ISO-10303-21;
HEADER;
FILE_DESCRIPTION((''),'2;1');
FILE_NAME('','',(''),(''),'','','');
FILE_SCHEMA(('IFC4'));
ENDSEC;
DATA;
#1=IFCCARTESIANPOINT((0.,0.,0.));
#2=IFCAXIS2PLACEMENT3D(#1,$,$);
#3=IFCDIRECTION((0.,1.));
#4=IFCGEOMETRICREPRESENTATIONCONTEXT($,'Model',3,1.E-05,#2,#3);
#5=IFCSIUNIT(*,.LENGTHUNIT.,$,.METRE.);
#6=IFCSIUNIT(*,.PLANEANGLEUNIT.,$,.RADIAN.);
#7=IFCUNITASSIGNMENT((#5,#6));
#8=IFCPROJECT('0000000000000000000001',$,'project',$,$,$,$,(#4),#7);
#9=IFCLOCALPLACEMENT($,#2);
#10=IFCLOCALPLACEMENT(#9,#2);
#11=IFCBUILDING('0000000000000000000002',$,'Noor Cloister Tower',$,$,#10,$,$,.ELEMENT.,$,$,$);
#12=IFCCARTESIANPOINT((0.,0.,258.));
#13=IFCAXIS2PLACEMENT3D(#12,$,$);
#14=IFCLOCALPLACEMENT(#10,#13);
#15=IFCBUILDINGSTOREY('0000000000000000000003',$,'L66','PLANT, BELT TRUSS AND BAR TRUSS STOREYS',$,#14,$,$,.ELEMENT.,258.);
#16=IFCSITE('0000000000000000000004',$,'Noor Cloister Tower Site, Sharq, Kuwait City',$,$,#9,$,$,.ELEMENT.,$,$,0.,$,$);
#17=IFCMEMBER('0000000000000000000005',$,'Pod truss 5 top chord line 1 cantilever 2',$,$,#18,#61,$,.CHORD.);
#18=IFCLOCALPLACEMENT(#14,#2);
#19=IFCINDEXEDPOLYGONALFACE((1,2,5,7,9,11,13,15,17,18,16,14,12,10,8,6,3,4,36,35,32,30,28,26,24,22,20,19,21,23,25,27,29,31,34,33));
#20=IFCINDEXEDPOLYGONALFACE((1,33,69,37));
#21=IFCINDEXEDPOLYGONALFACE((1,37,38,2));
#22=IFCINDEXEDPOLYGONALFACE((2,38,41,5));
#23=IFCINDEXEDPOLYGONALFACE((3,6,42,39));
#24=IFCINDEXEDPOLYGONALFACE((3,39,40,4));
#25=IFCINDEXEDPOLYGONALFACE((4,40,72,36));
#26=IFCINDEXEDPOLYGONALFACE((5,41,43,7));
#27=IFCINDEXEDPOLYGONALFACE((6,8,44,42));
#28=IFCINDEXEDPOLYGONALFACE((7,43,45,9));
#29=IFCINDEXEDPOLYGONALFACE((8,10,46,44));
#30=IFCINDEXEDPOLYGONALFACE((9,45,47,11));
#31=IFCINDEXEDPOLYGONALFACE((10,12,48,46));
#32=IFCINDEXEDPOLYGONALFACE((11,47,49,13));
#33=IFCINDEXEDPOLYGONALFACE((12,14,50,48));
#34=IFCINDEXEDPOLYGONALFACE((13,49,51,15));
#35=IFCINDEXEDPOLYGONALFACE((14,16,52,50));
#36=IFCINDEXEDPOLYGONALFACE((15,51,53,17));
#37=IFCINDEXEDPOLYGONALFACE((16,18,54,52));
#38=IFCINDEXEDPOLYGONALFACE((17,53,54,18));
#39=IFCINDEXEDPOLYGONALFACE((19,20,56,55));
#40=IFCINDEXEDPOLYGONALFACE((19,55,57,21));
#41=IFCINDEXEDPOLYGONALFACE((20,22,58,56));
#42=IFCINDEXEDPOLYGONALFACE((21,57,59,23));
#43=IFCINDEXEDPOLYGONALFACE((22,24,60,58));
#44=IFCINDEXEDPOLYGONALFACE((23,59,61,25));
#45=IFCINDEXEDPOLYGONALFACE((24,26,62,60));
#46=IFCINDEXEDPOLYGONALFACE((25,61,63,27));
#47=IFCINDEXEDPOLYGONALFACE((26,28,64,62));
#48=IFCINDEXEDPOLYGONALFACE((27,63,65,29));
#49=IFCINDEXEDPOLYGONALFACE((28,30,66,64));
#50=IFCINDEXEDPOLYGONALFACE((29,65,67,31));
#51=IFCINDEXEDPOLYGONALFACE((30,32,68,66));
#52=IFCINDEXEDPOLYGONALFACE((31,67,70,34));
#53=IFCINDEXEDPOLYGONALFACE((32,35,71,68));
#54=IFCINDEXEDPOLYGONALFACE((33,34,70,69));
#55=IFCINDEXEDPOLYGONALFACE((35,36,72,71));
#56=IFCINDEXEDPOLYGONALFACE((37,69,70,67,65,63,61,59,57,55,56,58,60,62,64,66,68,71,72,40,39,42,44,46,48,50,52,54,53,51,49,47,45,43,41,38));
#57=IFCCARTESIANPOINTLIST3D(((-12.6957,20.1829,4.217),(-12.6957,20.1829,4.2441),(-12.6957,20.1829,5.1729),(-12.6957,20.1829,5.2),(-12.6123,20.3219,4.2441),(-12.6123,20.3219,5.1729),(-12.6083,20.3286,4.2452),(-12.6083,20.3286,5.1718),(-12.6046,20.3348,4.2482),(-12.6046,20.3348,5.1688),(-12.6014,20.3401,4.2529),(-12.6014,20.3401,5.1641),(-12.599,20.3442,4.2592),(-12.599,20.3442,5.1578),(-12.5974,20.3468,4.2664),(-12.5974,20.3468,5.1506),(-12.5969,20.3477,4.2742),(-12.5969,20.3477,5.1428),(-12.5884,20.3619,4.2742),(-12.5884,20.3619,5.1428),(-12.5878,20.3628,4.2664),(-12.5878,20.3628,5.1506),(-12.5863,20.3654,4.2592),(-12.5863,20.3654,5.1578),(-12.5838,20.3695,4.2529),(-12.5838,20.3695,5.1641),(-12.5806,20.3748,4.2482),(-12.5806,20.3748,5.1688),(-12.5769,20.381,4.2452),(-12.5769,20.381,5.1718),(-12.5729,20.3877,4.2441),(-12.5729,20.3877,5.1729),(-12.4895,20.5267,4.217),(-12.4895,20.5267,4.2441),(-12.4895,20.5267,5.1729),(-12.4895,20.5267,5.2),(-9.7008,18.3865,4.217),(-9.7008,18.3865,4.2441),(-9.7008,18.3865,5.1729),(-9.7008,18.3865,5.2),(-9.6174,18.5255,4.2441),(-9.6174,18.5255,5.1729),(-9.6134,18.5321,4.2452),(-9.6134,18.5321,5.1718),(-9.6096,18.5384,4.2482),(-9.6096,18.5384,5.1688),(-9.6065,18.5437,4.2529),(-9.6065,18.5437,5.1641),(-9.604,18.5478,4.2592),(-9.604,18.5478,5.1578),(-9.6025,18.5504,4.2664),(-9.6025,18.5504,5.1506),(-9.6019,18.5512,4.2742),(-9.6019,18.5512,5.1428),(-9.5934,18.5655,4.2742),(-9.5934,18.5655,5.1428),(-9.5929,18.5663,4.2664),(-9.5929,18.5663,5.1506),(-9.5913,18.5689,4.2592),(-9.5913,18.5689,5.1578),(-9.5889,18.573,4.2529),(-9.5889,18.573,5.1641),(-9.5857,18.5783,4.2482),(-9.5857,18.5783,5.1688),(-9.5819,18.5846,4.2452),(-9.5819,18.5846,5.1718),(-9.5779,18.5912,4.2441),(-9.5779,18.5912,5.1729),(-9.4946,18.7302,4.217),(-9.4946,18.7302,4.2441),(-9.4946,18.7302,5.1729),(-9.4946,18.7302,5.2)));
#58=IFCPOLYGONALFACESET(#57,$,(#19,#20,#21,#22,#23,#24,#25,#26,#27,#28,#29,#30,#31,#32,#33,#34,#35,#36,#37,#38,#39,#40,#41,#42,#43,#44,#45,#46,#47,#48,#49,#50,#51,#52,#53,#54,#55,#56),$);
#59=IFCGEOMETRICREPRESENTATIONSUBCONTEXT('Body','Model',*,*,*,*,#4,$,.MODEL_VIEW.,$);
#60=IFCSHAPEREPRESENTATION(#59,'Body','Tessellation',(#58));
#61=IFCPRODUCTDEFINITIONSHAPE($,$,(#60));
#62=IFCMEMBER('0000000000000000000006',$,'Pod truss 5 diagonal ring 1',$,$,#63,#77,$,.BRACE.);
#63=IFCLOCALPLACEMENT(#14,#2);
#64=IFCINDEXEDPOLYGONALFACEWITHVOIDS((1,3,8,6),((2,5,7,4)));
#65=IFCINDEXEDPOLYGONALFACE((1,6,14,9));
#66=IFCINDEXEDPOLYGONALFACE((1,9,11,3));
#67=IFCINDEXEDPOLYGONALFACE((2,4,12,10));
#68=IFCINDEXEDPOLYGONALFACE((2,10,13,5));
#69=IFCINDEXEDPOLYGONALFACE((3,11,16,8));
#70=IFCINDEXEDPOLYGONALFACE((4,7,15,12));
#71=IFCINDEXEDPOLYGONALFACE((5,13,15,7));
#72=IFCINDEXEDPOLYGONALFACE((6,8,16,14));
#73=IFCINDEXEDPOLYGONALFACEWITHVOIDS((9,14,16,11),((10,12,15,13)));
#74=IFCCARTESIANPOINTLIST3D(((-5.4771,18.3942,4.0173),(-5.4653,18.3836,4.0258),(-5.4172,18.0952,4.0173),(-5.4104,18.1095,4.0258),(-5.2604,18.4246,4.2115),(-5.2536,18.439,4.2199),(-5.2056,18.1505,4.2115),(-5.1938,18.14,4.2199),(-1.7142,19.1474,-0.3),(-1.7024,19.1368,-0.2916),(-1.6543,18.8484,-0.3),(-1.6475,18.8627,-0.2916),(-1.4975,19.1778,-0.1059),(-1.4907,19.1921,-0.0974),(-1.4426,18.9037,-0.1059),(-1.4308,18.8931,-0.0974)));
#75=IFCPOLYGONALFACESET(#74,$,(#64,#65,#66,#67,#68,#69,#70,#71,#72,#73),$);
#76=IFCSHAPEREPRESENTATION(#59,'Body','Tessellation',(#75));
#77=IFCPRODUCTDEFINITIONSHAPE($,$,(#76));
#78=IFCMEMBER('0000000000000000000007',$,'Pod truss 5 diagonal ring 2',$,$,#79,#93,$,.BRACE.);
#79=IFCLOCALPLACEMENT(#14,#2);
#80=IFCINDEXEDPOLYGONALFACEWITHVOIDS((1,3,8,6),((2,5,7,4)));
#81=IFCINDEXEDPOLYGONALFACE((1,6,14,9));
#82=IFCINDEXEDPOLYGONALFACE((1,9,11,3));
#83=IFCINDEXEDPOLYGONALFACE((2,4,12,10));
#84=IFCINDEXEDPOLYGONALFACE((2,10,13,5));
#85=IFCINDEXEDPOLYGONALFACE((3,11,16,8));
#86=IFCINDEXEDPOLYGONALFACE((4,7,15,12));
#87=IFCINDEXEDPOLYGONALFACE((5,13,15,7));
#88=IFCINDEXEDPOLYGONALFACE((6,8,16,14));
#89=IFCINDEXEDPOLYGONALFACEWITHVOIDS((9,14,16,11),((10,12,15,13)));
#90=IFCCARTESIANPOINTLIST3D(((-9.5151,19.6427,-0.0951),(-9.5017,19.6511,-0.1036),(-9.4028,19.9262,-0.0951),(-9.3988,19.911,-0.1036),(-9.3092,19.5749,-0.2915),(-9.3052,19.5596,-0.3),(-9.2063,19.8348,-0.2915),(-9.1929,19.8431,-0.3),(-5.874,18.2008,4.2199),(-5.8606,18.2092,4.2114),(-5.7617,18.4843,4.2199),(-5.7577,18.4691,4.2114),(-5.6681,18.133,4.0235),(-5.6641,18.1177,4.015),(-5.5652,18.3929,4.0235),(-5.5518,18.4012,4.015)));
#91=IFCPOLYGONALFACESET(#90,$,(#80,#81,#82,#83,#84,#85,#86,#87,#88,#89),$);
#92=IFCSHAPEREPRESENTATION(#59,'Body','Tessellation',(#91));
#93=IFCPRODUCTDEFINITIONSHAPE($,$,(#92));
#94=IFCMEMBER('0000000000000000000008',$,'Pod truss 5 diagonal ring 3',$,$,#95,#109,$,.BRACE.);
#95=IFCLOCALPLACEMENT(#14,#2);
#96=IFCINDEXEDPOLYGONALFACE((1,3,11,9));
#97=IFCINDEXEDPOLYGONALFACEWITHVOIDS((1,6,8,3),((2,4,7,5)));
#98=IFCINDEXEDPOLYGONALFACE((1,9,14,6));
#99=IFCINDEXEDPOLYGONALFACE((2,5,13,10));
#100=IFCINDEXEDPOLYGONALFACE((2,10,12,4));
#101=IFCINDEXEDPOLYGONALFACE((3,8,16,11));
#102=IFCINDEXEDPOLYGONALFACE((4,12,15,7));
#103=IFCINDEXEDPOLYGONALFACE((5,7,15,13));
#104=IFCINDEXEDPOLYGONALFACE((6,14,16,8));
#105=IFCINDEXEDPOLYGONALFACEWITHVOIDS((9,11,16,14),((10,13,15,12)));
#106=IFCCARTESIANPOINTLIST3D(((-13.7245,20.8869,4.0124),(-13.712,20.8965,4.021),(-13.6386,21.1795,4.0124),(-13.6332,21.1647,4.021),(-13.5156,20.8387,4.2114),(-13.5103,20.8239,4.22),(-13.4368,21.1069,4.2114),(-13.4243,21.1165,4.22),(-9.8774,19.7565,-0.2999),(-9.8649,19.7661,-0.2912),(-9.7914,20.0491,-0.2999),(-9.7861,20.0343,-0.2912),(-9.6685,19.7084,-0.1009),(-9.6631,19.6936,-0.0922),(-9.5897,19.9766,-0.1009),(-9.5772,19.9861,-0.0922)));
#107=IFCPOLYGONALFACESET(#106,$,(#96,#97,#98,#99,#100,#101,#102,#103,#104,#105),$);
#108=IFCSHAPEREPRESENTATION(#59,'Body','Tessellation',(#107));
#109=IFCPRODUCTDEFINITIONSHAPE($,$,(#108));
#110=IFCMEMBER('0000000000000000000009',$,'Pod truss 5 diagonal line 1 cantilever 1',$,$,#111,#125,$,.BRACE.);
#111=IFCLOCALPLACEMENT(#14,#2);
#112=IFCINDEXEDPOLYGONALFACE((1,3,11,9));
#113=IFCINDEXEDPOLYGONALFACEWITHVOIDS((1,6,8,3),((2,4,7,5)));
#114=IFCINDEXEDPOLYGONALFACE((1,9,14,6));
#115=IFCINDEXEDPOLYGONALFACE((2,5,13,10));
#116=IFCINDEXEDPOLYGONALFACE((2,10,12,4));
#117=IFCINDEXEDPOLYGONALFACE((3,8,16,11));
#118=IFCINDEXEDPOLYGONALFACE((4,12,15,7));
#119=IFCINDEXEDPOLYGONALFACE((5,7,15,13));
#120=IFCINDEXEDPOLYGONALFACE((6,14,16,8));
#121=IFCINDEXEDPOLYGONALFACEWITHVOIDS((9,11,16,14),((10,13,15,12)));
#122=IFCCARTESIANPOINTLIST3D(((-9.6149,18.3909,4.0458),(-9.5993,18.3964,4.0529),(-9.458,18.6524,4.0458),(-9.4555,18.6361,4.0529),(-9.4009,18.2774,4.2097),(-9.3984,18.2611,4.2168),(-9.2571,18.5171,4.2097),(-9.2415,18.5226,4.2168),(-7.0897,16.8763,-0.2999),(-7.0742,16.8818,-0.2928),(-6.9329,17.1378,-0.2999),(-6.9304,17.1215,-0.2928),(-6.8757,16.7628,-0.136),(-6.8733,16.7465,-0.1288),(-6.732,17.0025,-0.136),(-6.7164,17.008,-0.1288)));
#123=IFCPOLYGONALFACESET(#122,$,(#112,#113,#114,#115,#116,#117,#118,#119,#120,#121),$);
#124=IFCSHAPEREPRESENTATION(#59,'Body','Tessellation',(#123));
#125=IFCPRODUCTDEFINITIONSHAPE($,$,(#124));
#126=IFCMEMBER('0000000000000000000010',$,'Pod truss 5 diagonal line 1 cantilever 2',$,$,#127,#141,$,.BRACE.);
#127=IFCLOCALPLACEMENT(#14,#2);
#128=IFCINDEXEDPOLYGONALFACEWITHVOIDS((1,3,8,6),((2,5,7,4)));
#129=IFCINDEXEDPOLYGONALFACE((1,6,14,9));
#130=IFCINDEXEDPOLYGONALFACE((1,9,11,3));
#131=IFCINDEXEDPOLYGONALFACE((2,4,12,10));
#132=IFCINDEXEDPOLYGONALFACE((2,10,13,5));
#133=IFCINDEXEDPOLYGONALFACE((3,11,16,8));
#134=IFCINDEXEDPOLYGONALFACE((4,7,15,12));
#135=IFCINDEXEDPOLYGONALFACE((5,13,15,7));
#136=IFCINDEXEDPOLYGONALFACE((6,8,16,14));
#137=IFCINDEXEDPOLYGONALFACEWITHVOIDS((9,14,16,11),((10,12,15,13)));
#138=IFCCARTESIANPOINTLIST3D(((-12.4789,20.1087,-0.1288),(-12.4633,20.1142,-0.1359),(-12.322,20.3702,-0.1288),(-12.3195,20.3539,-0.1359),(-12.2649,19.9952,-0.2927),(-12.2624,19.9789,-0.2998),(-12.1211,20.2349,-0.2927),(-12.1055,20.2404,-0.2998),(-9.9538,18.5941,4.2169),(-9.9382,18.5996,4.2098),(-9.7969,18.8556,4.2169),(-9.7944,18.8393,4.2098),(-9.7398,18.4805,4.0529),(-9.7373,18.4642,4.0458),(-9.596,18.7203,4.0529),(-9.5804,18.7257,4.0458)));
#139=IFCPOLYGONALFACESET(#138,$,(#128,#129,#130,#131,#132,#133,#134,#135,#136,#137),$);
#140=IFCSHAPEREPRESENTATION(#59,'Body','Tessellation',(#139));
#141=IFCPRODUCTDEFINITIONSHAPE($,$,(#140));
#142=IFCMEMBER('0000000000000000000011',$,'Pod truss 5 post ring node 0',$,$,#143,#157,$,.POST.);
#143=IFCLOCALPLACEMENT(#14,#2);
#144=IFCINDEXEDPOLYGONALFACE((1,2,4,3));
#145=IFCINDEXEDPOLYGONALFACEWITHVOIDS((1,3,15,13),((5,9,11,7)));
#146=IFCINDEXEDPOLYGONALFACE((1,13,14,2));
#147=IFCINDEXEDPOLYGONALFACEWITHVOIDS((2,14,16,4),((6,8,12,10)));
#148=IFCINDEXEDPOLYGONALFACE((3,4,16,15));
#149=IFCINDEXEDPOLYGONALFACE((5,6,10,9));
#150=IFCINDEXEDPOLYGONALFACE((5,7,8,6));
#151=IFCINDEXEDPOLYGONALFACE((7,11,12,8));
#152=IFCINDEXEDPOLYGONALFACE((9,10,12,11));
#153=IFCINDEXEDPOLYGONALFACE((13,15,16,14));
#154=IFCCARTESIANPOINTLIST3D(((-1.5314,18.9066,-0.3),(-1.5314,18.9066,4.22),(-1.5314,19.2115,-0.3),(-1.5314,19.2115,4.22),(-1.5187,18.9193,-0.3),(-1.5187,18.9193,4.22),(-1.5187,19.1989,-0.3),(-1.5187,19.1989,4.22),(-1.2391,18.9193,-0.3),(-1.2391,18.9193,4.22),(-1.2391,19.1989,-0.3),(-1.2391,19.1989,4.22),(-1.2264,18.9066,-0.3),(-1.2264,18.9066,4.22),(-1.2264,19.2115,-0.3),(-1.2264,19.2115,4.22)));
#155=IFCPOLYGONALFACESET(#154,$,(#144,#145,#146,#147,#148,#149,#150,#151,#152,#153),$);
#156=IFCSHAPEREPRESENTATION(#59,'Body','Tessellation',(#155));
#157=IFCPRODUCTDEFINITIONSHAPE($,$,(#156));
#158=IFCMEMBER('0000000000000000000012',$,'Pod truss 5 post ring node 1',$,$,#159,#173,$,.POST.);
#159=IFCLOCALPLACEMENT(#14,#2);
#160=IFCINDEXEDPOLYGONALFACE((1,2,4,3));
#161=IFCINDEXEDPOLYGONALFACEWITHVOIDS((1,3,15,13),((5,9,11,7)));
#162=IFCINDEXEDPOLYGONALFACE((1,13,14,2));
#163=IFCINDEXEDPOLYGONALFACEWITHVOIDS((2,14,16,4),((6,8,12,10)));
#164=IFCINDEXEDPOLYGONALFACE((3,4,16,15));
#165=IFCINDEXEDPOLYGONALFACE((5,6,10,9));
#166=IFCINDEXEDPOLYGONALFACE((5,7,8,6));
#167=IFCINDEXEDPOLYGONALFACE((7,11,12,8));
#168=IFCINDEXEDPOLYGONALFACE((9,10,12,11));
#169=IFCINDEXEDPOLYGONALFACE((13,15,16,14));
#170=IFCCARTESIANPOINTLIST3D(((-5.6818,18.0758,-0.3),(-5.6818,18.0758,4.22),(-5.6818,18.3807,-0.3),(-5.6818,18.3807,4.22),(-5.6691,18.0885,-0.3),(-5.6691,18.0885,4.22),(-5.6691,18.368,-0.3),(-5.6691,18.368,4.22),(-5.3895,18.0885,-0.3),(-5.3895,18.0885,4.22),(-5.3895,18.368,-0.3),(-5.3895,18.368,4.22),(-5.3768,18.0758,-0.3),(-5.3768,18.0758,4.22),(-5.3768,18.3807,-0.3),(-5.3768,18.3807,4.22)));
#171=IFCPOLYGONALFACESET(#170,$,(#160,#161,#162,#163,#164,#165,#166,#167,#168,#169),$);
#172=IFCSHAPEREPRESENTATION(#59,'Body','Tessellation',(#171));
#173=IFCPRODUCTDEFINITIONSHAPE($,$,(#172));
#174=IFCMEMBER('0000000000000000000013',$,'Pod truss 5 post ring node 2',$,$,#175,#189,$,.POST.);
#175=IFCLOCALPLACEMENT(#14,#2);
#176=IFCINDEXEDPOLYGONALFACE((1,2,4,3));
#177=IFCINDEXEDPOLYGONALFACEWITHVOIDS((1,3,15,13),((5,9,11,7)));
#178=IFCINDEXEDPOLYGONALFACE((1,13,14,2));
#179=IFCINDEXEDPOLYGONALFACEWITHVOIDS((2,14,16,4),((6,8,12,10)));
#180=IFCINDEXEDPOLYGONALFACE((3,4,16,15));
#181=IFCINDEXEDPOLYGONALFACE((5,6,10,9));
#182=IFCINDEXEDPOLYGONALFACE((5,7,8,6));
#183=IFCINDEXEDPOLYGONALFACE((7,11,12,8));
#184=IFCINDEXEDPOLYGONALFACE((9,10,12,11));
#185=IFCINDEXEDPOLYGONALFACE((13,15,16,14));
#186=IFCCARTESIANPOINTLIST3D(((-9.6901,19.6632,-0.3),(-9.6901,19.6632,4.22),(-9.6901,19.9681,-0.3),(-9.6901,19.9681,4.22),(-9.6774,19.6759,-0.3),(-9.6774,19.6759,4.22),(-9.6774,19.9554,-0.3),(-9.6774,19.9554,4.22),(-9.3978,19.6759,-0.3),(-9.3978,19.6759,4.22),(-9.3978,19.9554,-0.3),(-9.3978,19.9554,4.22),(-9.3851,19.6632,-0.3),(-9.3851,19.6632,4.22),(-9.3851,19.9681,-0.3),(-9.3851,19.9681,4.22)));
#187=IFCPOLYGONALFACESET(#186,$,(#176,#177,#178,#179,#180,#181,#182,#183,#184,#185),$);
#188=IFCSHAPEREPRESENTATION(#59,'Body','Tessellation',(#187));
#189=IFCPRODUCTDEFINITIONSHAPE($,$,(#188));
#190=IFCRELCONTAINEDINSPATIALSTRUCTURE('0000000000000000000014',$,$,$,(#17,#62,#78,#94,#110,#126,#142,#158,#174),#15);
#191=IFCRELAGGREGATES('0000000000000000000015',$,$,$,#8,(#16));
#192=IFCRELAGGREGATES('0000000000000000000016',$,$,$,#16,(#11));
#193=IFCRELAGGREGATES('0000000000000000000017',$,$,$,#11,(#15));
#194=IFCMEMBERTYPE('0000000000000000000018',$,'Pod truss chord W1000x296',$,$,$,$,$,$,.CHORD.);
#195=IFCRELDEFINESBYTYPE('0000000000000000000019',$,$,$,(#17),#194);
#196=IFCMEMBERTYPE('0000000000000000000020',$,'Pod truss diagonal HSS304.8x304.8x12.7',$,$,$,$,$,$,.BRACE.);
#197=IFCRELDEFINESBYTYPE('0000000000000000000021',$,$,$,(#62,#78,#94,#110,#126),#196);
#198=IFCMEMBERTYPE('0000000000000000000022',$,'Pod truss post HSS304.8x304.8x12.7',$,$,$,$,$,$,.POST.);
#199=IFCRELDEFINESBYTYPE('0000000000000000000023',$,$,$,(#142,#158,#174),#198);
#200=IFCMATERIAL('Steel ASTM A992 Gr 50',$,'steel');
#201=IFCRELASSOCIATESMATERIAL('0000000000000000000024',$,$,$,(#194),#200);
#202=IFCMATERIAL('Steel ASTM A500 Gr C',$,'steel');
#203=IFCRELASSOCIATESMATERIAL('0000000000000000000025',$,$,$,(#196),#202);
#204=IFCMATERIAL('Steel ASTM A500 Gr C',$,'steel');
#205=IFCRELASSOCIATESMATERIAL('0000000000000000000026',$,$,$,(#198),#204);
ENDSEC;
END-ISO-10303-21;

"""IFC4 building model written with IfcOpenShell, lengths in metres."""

from ifc_helpers import new_model, si_unit, direction, frame, origin, origin_2d, place, context, subcontext, project, spatial, hollow_rectangle, i_section, extrude, material, material_profile, profile_set, type_object, element, save


model = new_model("IFC4")

# Units and contexts
model_context = context("Model", 3, precision=1e-05, world=origin(), true_north=direction((0.0, 1.0)))
body_context = subcontext(model_context, "Body", "Model", "MODEL_VIEW")
ifc_project = project(units=[si_unit("LENGTHUNIT", "METRE"), si_unit("PLANEANGLEUNIT", "RADIAN")], contexts=[model_context])

# Site, building, storey
site_placement = place(None, origin())
site = spatial("IfcSite", under=ifc_project, at=site_placement, Name="Noor Cloister Tower Site, Sharq, Kuwait City", CompositionType="ELEMENT", RefElevation=0.0)
building_placement = place(site_placement, origin())
building = spatial("IfcBuilding", under=site, at=building_placement, Name="Noor Cloister Tower", CompositionType="ELEMENT")
storey_placement = place(building_placement, frame((0.0, 0.0, 258.0)))
storey = spatial("IfcBuildingStorey", under=building, at=storey_placement, Name="L66", Description="PLANT, BELT TRUSS AND BAR TRUSS STOREYS", CompositionType="ELEMENT", Elevation=258.0)

# Members
ifc_material_1 = material(Name="Steel ASTM A992 Gr 50", Category="steel")
ifc_material_profile_1 = material_profile(ifc_material_1, i_section(OverallWidth=0.4009, OverallDepth=0.9829, WebThickness=0.0166, FlangeThickness=0.0271, FilletRadius=0.03, at=origin_2d()), Name="W1000x296")
ifc_profile_set_1 = profile_set([ifc_material_profile_1], Name="Steel ASTM A992 Gr 50")
member_type_1 = type_object("IfcMemberType", Name="Pod truss chord W1000x296", PredefinedType="CHORD", material=ifc_profile_set_1)
for number, where, z_axis, x_axis, name in (
    (1, (-9.5977, 18.5583, 4.7085), (-0.857561, 0.514383, 0.0), (-0.514383, -0.857561, 0.0), "Pod truss 5 top chord line 1 cantilever 2"),
):
    element("IfcMember", number, at=place(storey_placement, frame(where, z_axis=z_axis, x_axis=x_axis)), inside=storey, type_object=member_type_1, Name=name, PredefinedType="CHORD", context=body_context, shape_type="SweptSolid", body=[
        extrude(i_section(OverallWidth=0.4009, OverallDepth=0.9829, WebThickness=0.0166, FlangeThickness=0.0271, FilletRadius=0.03, at=origin_2d()), origin(), (0.0, 0.0, 1.0), 3.4924),
    ])
ifc_material_2 = material(Name="Steel ASTM A500 Gr C", Category="steel")
ifc_material_profile_2 = material_profile(ifc_material_2, hollow_rectangle(XDim=0.3049, YDim=0.3049, WallThickness=0.0127, at=origin_2d()), Name="HSS304.8x304.8x12.7")
ifc_profile_set_2 = profile_set([ifc_material_profile_2], Name="Steel ASTM A500 Gr C")
member_type_2 = type_object("IfcMemberType", Name="Pod truss diagonal HSS304.8x304.8x12.7", PredefinedType="BRACE", material=ifc_profile_set_2)
member_1_placement = place(storey_placement, frame((-1.5725, 19.0203, -0.1987), z_axis=(-0.651434, -0.130388, 0.747418), x_axis=(0.196263, -0.980551, 0.0)))
element("IfcMember", 2, at=member_1_placement, inside=storey, type_object=member_type_2, Name="Pod truss 5 diagonal ring 1", PredefinedType="BRACE", context=body_context, shape_type="SweptSolid", body=[
    extrude(hollow_rectangle(XDim=0.3049, YDim=0.3049, WallThickness=0.0127, at=origin_2d()), origin(), (0.0, 0.0, 1.0), 5.7764),
])
member_2_placement = place(storey_placement, frame((-5.7129, 18.301, 4.1174), z_axis=(-0.624855, 0.247445, -0.740491), x_axis=(-0.368185, -0.929752, 0.0)))
element("IfcMember", 3, at=member_2_placement, inside=storey, type_object=member_type_2, Name="Pod truss 5 diagonal ring 2", PredefinedType="BRACE", context=body_context, shape_type="SweptSolid", body=[
    extrude(hollow_rectangle(XDim=0.3049, YDim=0.3049, WallThickness=0.0127, at=origin_2d()), origin(), (0.0, 0.0, 1.0), 5.8271),
])
member_3_placement = place(storey_placement, frame((-9.7273, 19.8713, -0.196), z_axis=(-0.65334, 0.191964, 0.732323), x_axis=(-0.281903, -0.959443, 0.0)))
element("IfcMember", 4, at=member_3_placement, inside=storey, type_object=member_type_2, Name="Pod truss 5 diagonal ring 3", PredefinedType="BRACE", context=body_context, shape_type="SweptSolid", body=[
    extrude(hollow_rectangle(XDim=0.3049, YDim=0.3049, WallThickness=0.0127, at=origin_2d()), origin(), (0.0, 0.0, 1.0), 5.8884),
])
for number, where, z_axis, x_axis, name in (
    (5, (-6.9031, 16.9421, -0.2144), (-0.48104, 0.28854, 0.827856), (-0.514386, -0.857559, 0.0), "Pod truss 5 diagonal line 1 cantilever 1"),
    (6, (-9.7671, 18.6599, 4.1313), (-0.48104, 0.28854, -0.827856), (-0.514386, -0.857559, 0.0), "Pod truss 5 diagonal line 1 cantilever 2"),
):
    element("IfcMember", number, at=place(storey_placement, frame(where, z_axis=z_axis, x_axis=x_axis)), inside=storey, type_object=member_type_2, Name=name, PredefinedType="BRACE", context=body_context, shape_type="SweptSolid", body=[
        extrude(hollow_rectangle(XDim=0.3049, YDim=0.3049, WallThickness=0.0127, at=origin_2d()), origin(), (0.0, 0.0, 1.0), 5.2493),
    ])
ifc_material_3 = material(Name="Steel ASTM A500 Gr C", Category="steel")
ifc_material_profile_3 = material_profile(ifc_material_3, hollow_rectangle(XDim=0.3049, YDim=0.3049, WallThickness=0.0127, at=origin_2d()), Name="HSS304.8x304.8x12.7")
ifc_profile_set_3 = profile_set([ifc_material_profile_3], Name="Steel ASTM A500 Gr C")
member_type_3 = type_object("IfcMemberType", Name="Pod truss post HSS304.8x304.8x12.7", PredefinedType="POST", material=ifc_profile_set_3)
for number, where, z_axis, x_axis, name in (
    (7, (-1.3789, 19.0591, -0.3), (0.0, 0.0, 1.0), (1.0, 0.0, 0.0), "Pod truss 5 post ring node 0"),
    (8, (-5.5293, 18.2283, -0.3), (0.0, 0.0, 1.0), (1.0, 0.0, 0.0), "Pod truss 5 post ring node 1"),
    (9, (-9.5376, 19.8157, -0.3), (0.0, 0.0, 1.0), (1.0, 0.0, 0.0), "Pod truss 5 post ring node 2"),
):
    element("IfcMember", number, at=place(storey_placement, frame(where, z_axis=z_axis, x_axis=x_axis)), inside=storey, type_object=member_type_3, Name=name, PredefinedType="POST", context=body_context, shape_type="SweptSolid", body=[
        extrude(hollow_rectangle(XDim=0.3049, YDim=0.3049, WallThickness=0.0127, at=origin_2d()), origin(), (0.0, 0.0, 1.0), 4.52),
    ])

save(model, "model.ifc")
